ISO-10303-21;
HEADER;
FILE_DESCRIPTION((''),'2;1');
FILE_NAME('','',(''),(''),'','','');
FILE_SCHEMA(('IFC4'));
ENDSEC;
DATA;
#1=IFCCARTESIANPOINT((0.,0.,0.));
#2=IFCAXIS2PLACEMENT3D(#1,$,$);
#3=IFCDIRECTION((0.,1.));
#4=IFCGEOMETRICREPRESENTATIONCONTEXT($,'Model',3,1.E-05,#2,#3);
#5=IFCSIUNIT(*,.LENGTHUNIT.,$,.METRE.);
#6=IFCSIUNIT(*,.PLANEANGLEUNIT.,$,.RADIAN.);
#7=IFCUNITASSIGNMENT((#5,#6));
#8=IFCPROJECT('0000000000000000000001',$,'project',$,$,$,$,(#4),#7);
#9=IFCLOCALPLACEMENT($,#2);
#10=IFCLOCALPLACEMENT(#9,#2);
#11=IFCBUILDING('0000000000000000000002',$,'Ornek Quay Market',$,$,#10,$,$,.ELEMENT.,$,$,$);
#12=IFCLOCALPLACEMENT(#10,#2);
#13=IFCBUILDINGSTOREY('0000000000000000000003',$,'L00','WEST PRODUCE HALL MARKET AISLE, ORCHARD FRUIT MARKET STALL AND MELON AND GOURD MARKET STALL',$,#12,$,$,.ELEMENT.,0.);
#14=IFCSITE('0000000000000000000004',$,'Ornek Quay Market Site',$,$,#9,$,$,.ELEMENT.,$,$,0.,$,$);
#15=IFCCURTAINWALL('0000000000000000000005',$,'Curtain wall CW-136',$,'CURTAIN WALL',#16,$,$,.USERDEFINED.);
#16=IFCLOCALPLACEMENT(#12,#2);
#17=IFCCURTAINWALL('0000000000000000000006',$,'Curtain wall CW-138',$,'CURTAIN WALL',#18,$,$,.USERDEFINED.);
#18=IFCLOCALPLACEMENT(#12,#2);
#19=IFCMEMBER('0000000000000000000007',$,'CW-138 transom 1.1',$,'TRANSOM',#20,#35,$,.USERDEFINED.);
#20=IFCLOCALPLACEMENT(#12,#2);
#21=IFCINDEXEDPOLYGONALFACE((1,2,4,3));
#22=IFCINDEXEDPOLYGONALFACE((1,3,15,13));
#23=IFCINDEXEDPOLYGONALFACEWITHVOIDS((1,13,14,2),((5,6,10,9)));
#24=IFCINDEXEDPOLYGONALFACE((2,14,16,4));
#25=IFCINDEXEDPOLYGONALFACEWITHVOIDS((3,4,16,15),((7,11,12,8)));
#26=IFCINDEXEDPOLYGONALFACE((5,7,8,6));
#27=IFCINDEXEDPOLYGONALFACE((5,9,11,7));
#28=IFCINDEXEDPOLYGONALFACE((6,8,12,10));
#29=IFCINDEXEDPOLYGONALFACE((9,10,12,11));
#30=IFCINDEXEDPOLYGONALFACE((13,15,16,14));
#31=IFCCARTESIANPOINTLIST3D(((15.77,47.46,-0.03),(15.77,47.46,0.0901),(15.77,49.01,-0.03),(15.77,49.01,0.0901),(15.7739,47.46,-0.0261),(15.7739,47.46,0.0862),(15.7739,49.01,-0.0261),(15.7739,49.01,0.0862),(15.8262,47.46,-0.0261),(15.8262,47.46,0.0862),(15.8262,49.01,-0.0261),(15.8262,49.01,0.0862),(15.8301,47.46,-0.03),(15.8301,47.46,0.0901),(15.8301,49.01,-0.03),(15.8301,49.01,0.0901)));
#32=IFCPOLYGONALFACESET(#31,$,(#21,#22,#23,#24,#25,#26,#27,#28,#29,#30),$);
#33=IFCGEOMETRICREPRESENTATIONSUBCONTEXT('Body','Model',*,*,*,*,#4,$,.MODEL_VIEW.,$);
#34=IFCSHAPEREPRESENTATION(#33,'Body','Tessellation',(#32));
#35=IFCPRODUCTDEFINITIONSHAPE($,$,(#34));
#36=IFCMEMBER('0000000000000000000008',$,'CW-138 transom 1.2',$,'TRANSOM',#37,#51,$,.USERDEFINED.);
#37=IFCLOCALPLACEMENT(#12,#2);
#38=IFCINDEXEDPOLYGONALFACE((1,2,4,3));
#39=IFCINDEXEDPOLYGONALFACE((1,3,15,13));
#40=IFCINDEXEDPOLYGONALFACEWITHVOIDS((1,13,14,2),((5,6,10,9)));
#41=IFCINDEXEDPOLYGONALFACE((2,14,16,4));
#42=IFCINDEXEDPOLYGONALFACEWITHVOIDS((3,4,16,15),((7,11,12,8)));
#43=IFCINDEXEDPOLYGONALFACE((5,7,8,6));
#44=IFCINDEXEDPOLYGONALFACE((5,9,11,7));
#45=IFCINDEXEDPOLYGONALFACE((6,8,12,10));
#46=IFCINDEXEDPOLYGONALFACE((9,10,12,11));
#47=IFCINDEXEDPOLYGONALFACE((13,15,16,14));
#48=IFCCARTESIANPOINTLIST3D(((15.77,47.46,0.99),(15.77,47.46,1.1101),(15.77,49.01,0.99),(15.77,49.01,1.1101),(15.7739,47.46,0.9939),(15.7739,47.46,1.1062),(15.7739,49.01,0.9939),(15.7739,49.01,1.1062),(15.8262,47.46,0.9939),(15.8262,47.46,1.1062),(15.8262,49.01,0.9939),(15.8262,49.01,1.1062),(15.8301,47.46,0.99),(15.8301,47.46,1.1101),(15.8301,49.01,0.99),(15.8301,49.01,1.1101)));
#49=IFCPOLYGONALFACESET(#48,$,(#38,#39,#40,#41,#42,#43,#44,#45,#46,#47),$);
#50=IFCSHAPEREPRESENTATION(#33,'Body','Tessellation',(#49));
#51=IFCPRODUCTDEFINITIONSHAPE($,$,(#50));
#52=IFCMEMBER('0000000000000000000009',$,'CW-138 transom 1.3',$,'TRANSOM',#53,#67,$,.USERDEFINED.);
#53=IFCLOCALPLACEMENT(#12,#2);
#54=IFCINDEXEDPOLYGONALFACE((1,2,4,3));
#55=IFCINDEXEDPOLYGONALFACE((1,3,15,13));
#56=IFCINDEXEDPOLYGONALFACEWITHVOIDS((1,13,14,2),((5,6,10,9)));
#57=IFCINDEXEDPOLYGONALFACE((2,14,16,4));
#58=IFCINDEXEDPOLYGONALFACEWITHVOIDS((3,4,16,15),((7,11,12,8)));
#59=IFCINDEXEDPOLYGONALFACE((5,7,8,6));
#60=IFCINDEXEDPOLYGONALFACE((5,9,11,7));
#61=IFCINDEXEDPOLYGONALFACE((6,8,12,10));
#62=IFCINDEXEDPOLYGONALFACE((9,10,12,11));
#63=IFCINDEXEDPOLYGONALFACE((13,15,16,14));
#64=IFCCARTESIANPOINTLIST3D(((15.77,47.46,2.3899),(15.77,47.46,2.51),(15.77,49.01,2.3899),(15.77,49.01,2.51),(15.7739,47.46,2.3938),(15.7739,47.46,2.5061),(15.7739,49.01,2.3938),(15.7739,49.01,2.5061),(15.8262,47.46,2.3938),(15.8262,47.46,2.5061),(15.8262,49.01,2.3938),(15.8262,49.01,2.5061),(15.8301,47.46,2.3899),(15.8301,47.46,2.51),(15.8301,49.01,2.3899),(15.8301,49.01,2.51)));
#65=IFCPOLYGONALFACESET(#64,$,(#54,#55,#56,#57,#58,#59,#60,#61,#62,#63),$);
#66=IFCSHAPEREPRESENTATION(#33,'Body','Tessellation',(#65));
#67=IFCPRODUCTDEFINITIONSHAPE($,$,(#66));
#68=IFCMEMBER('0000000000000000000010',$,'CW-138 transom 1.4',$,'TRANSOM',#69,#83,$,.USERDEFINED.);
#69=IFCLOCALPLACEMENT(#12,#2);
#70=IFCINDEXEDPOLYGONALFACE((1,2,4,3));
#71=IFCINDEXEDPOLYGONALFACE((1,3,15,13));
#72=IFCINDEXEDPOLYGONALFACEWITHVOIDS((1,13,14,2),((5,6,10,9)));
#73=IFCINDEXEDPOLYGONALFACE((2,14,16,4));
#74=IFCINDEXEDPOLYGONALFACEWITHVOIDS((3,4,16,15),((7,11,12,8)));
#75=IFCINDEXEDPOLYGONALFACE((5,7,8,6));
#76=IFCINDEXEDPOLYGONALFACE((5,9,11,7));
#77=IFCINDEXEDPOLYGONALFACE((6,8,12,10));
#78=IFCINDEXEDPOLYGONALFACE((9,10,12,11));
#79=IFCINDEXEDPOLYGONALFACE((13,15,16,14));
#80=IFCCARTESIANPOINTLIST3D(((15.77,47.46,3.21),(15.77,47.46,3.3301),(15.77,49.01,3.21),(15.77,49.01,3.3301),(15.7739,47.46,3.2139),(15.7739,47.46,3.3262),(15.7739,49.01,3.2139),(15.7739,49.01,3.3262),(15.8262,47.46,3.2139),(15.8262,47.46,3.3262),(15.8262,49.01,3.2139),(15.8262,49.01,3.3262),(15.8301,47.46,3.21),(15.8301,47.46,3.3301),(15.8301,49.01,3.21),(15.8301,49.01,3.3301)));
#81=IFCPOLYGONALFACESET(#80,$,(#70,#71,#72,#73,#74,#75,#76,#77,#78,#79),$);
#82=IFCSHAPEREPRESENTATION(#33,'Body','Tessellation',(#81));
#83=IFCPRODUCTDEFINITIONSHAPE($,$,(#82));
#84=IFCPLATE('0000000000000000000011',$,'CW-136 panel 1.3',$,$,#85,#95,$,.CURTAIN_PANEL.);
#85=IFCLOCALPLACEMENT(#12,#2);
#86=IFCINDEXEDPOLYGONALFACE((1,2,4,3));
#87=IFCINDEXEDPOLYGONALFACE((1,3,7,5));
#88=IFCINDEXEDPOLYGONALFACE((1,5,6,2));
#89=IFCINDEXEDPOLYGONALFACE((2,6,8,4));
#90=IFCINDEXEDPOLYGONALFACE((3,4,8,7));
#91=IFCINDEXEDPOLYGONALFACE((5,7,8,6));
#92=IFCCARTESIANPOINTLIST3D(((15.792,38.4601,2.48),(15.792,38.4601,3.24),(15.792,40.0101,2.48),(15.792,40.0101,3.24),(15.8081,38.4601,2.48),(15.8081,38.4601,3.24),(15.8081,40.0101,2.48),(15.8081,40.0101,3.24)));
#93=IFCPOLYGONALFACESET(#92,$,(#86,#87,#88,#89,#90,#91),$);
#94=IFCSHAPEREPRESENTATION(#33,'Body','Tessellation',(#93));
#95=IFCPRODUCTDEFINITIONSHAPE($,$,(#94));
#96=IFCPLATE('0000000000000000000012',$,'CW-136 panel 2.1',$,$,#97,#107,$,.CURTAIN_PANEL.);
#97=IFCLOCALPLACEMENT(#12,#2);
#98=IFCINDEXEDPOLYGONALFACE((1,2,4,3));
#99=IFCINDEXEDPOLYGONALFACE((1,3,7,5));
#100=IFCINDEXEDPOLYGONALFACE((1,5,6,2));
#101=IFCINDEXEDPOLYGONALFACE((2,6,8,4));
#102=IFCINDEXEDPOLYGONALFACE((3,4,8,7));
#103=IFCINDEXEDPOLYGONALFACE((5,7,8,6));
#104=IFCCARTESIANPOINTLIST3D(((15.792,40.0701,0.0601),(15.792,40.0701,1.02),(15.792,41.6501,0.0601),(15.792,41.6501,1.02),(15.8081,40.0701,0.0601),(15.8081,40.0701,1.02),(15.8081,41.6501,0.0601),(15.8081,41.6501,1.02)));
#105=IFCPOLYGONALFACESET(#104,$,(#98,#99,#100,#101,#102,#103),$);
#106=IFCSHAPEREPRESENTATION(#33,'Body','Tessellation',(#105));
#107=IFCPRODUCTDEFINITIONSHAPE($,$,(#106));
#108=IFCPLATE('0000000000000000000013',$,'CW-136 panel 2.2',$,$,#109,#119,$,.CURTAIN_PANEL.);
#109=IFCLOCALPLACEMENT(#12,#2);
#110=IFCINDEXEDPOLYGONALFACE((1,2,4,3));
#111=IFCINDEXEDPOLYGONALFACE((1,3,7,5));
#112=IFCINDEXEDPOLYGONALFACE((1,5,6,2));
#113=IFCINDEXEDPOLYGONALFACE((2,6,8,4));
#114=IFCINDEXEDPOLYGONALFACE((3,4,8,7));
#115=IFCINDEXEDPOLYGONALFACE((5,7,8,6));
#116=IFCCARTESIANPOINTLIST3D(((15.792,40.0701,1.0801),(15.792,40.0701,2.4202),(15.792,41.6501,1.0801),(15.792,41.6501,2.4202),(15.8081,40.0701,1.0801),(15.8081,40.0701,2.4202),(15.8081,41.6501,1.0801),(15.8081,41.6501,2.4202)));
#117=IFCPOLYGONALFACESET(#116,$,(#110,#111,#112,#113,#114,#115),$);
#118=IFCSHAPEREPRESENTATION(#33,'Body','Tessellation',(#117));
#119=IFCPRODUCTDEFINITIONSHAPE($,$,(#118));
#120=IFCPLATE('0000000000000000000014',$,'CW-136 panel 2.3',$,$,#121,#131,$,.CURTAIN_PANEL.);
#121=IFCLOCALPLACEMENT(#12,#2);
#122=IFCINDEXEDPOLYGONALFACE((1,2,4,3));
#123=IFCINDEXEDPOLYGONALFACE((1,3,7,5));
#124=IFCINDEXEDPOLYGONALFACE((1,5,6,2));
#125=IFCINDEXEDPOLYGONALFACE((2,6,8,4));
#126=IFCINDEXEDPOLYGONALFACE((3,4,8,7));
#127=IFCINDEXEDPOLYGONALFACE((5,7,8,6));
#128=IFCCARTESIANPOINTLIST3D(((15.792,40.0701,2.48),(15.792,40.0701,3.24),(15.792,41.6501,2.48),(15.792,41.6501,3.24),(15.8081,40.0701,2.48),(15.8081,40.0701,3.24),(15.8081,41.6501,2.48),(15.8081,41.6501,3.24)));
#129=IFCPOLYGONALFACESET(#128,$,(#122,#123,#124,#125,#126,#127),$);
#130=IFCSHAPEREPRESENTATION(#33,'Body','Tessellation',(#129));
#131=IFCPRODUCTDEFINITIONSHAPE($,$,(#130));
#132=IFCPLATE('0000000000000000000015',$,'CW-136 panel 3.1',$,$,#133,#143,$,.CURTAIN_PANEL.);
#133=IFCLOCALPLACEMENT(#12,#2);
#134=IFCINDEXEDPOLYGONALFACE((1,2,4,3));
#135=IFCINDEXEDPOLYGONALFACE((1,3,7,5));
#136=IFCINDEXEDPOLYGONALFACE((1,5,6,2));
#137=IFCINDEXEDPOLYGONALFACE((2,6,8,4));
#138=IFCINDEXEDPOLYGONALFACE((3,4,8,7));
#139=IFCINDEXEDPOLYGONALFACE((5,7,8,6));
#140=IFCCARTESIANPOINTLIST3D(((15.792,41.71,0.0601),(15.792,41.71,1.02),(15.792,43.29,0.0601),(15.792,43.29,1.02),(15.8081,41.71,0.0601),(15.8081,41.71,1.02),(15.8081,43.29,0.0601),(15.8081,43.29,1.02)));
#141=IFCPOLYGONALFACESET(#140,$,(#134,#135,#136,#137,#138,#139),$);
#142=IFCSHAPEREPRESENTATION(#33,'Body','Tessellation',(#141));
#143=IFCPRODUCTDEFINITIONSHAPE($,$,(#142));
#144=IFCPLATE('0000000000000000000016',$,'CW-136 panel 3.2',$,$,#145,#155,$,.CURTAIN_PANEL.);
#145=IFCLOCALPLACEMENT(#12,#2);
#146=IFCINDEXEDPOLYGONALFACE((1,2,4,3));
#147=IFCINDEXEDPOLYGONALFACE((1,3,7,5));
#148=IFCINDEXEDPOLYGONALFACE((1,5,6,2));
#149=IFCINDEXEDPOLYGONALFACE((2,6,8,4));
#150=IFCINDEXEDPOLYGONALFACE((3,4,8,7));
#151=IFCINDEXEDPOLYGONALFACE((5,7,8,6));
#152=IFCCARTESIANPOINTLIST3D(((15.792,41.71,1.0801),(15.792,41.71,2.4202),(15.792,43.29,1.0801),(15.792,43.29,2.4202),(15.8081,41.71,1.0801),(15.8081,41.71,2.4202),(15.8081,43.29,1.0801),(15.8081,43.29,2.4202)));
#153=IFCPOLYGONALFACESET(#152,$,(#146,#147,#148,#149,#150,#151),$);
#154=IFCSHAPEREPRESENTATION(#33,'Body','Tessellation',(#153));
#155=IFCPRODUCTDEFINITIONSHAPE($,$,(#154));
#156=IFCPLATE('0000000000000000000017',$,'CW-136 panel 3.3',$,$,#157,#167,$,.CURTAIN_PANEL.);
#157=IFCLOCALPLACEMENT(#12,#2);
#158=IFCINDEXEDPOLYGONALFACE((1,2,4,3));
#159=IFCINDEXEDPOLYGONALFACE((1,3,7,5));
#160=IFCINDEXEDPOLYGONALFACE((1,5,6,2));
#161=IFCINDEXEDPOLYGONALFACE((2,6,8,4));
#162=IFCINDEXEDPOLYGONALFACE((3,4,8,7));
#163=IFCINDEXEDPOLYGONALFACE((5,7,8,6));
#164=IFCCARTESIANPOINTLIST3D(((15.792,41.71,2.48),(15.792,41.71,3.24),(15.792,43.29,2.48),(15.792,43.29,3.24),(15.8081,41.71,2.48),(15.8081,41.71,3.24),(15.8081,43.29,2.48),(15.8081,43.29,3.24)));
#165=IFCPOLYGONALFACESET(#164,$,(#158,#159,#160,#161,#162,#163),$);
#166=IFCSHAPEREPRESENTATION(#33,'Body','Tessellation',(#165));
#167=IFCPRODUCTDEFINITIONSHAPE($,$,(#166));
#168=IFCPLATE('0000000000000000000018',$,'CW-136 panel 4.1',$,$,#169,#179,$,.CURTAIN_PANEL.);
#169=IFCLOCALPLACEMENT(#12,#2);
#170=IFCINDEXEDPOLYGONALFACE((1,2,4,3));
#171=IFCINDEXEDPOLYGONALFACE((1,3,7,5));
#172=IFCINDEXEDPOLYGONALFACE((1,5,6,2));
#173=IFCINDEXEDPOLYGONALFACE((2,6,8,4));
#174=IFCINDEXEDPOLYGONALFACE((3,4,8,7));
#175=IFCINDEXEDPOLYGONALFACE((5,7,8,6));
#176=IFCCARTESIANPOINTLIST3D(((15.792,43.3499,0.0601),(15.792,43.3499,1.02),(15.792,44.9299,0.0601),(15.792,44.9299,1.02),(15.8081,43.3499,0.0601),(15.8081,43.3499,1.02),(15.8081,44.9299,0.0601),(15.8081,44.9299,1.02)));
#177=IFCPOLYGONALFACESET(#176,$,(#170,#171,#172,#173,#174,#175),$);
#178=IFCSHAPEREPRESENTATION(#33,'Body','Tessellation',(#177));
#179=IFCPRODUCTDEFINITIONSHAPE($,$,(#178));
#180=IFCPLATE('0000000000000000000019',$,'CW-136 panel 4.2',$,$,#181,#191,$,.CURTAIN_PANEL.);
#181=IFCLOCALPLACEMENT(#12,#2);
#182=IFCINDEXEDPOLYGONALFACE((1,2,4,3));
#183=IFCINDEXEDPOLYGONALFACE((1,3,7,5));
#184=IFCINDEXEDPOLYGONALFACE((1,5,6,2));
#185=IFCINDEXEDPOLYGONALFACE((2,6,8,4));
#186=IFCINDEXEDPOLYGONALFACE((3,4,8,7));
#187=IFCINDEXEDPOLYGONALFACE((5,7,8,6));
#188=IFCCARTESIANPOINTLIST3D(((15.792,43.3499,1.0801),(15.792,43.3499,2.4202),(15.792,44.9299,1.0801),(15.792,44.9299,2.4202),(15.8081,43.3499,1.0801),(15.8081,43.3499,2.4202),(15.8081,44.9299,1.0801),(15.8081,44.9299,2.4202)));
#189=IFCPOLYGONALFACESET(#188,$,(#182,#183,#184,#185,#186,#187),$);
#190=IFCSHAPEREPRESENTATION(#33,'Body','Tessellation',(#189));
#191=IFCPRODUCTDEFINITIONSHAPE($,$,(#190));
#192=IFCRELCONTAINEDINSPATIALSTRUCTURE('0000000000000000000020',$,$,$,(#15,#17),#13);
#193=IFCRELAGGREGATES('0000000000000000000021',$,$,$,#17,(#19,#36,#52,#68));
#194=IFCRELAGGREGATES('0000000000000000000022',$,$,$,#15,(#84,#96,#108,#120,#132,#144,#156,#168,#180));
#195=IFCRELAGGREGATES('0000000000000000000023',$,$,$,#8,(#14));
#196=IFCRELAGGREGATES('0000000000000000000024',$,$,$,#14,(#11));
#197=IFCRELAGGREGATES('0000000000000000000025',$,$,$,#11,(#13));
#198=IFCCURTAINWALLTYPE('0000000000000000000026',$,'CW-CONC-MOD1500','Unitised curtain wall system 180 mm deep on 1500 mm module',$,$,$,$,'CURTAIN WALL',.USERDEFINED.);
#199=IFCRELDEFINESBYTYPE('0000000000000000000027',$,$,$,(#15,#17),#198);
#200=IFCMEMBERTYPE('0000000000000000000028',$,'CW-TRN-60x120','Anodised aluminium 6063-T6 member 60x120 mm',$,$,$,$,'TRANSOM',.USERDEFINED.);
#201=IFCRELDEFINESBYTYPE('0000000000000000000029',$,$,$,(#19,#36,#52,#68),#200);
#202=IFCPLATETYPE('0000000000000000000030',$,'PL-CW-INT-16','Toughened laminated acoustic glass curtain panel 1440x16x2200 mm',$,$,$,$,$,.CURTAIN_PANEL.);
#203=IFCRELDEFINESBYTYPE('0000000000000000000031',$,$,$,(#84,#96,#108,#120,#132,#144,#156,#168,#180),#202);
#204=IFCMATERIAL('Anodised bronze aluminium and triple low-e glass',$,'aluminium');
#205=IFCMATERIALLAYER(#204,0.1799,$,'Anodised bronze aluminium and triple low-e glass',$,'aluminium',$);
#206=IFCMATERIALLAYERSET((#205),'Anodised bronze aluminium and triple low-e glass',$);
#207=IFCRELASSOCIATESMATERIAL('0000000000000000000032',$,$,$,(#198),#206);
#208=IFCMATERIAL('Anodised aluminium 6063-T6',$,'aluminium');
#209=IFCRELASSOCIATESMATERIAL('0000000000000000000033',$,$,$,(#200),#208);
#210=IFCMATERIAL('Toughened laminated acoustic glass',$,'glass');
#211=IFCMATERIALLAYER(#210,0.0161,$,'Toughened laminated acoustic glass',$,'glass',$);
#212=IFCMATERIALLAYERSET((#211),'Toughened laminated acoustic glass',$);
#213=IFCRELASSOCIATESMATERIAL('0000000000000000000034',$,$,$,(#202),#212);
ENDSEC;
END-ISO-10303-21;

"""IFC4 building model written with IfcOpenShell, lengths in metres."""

from ifc_helpers import new_model, si_unit, direction, frame, origin, origin_2d, place, context, subcontext, project, spatial, rectangle, hollow_rectangle, extrude, material, layer, layer_set, material_profile, profile_set, type_object, element, aggregate, save


model = new_model("IFC4")

# Units and contexts
model_context = context("Model", 3, precision=1e-05, world=origin(), true_north=direction((0.0, 1.0)))
body_context = subcontext(model_context, "Body", "Model", "MODEL_VIEW")
ifc_project = project(units=[si_unit("LENGTHUNIT", "METRE"), si_unit("PLANEANGLEUNIT", "RADIAN")], contexts=[model_context])

# Site, building, storey
site_placement = place(None, origin())
site = spatial("IfcSite", under=ifc_project, at=site_placement, Name="Ornek Quay Market Site", CompositionType="ELEMENT", RefElevation=0.0)
building_placement = place(site_placement, origin())
building = spatial("IfcBuilding", under=site, at=building_placement, Name="Ornek Quay Market", CompositionType="ELEMENT")
storey_placement = place(building_placement, origin())
storey = spatial("IfcBuildingStorey", under=building, at=storey_placement, Name="L00", Description="WEST PRODUCE HALL MARKET AISLE, ORCHARD FRUIT MARKET STALL AND MELON AND GOURD MARKET STALL", CompositionType="ELEMENT", Elevation=0.0)

# Curtain wall
ifc_material_1 = material(Name="Anodised bronze aluminium and triple low-e glass", Category="aluminium")
ifc_layer_1 = layer(ifc_material_1, 0.1799, Name="Anodised bronze aluminium and triple low-e glass", Category="aluminium")
ifc_layer_set_1 = layer_set([ifc_layer_1], Name="Anodised bronze aluminium and triple low-e glass")
curtain_wall_type = type_object("IfcCurtainWallType", Name="CW-CONC-MOD1500", Description="Unitised curtain wall system 180 mm deep on 1500 mm module", ElementType="CURTAIN WALL", PredefinedType="USERDEFINED", material=ifc_layer_set_1)
curtain_wall_1_placement = place(storey_placement, origin())
curtain_wall_1 = element("IfcCurtainWall", 1, at=curtain_wall_1_placement, inside=storey, type_object=curtain_wall_type, Name="Curtain wall CW-136", ObjectType="CURTAIN WALL", PredefinedType="USERDEFINED")
ifc_material_2 = material(Name="Anodised aluminium 6063-T6", Category="aluminium")

# Curtain wall
curtain_wall_2_placement = place(storey_placement, origin())
curtain_wall_2 = element("IfcCurtainWall", 2, at=curtain_wall_2_placement, inside=storey, type_object=curtain_wall_type, Name="Curtain wall CW-138", ObjectType="CURTAIN WALL", PredefinedType="USERDEFINED")

# Members
ifc_material_profile_1 = material_profile(ifc_material_2, hollow_rectangle(XDim=0.0601, YDim=0.1201, WallThickness=0.0039, at=origin_2d()), Name="CW-TRN-60x120", Category="aluminium")
ifc_profile_set_1 = profile_set([ifc_material_profile_1], Name="Anodised aluminium 6063-T6")
member_type_1 = type_object("IfcMemberType", Name="CW-TRN-60x120", Description="Anodised aluminium 6063-T6 member 60x120 mm", ElementType="TRANSOM", PredefinedType="USERDEFINED", material=ifc_profile_set_1)
member_1_placement = place(storey_placement, frame((15.8, 47.46, 0.03), z_axis=(0.0, 1.0, 0.0), x_axis=(-1.0, 0.0, 0.0)))
member_1 = element("IfcMember", 3, at=member_1_placement, type_object=member_type_1, Name="CW-138 transom 1.1", ObjectType="TRANSOM", PredefinedType="USERDEFINED", context=body_context, shape_type="SweptSolid", body=[
    extrude(hollow_rectangle(XDim=0.0601, YDim=0.1201, WallThickness=0.0039, at=origin_2d()), origin(), (0.0, 0.0, 1.0), 1.55),
])
member_2_placement = place(storey_placement, frame((15.8, 47.46, 1.05), z_axis=(0.0, 1.0, 0.0), x_axis=(-1.0, 0.0, 0.0)))
member_2 = element("IfcMember", 4, at=member_2_placement, type_object=member_type_1, Name="CW-138 transom 1.2", ObjectType="TRANSOM", PredefinedType="USERDEFINED", context=body_context, shape_type="SweptSolid", body=[
    extrude(hollow_rectangle(XDim=0.0601, YDim=0.1201, WallThickness=0.0039, at=origin_2d()), origin(), (0.0, 0.0, 1.0), 1.55),
])
member_3_placement = place(storey_placement, frame((15.8, 47.46, 2.45), z_axis=(0.0, 1.0, 0.0), x_axis=(-1.0, 0.0, 0.0)))
member_3 = element("IfcMember", 5, at=member_3_placement, type_object=member_type_1, Name="CW-138 transom 1.3", ObjectType="TRANSOM", PredefinedType="USERDEFINED", context=body_context, shape_type="SweptSolid", body=[
    extrude(hollow_rectangle(XDim=0.0601, YDim=0.1201, WallThickness=0.0039, at=origin_2d()), origin(), (0.0, 0.0, 1.0), 1.55),
])
member_4_placement = place(storey_placement, frame((15.8, 47.46, 3.27), z_axis=(0.0, 1.0, 0.0), x_axis=(-1.0, 0.0, 0.0)))
member_4 = element("IfcMember", 6, at=member_4_placement, type_object=member_type_1, Name="CW-138 transom 1.4", ObjectType="TRANSOM", PredefinedType="USERDEFINED", context=body_context, shape_type="SweptSolid", body=[
    extrude(hollow_rectangle(XDim=0.0601, YDim=0.1201, WallThickness=0.0039, at=origin_2d()), origin(), (0.0, 0.0, 1.0), 1.55),
])
aggregate(curtain_wall_2, [member_1, member_2, member_3, member_4])

# Plates
ifc_material_3 = material(Name="Toughened laminated acoustic glass", Category="glass")
ifc_layer_2 = layer(ifc_material_3, 0.0161, Name="Toughened laminated acoustic glass", Category="glass")
ifc_layer_set_2 = layer_set([ifc_layer_2], Name="Toughened laminated acoustic glass")
plate_type = type_object("IfcPlateType", Name="PL-CW-INT-16", Description="Toughened laminated acoustic glass curtain panel 1440x16x2200 mm", PredefinedType="CURTAIN_PANEL", material=ifc_layer_set_2)
plate_1_placement = place(storey_placement, frame((15.8, 39.2351, 2.48), z_axis=(0.0, 0.0, 1.0), x_axis=(0.0, 1.0, 0.0)))
plate_1 = element("IfcPlate", 7, at=plate_1_placement, type_object=plate_type, Name="CW-136 panel 1.3", PredefinedType="CURTAIN_PANEL", context=body_context, shape_type="SweptSolid", body=[
    extrude(rectangle(XDim=1.55, YDim=0.0161, at=origin_2d()), origin(), (0.0, 0.0, 1.0), 0.76),
])
plate_2_placement = place(storey_placement, frame((15.8, 40.8601, 0.0601), z_axis=(0.0, 0.0, 1.0), x_axis=(0.0, 1.0, 0.0)))
plate_2 = element("IfcPlate", 8, at=plate_2_placement, type_object=plate_type, Name="CW-136 panel 2.1", PredefinedType="CURTAIN_PANEL", context=body_context, shape_type="SweptSolid", body=[
    extrude(rectangle(XDim=1.5801, YDim=0.0161, at=origin_2d()), origin(), (0.0, 0.0, 1.0), 0.96),
])
plate_3_placement = place(storey_placement, frame((15.8, 40.8601, 1.0801), z_axis=(0.0, 0.0, 1.0), x_axis=(0.0, 1.0, 0.0)))
plate_3 = element("IfcPlate", 9, at=plate_3_placement, type_object=plate_type, Name="CW-136 panel 2.2", PredefinedType="CURTAIN_PANEL", context=body_context, shape_type="SweptSolid", body=[
    extrude(rectangle(XDim=1.5801, YDim=0.0161, at=origin_2d()), origin(), (0.0, 0.0, 1.0), 1.3401),
])
plate_4_placement = place(storey_placement, frame((15.8, 40.8601, 2.48), z_axis=(0.0, 0.0, 1.0), x_axis=(0.0, 1.0, 0.0)))
plate_4 = element("IfcPlate", 10, at=plate_4_placement, type_object=plate_type, Name="CW-136 panel 2.3", PredefinedType="CURTAIN_PANEL", context=body_context, shape_type="SweptSolid", body=[
    extrude(rectangle(XDim=1.5801, YDim=0.0161, at=origin_2d()), origin(), (0.0, 0.0, 1.0), 0.76),
])
plate_5_placement = place(storey_placement, frame((15.8, 42.5, 0.0601), z_axis=(0.0, 0.0, 1.0), x_axis=(0.0, 1.0, 0.0)))
plate_5 = element("IfcPlate", 11, at=plate_5_placement, type_object=plate_type, Name="CW-136 panel 3.1", PredefinedType="CURTAIN_PANEL", context=body_context, shape_type="SweptSolid", body=[
    extrude(rectangle(XDim=1.5801, YDim=0.0161, at=origin_2d()), origin(), (0.0, 0.0, 1.0), 0.96),
])
plate_6_placement = place(storey_placement, frame((15.8, 42.5, 1.0801), z_axis=(0.0, 0.0, 1.0), x_axis=(0.0, 1.0, 0.0)))
plate_6 = element("IfcPlate", 12, at=plate_6_placement, type_object=plate_type, Name="CW-136 panel 3.2", PredefinedType="CURTAIN_PANEL", context=body_context, shape_type="SweptSolid", body=[
    extrude(rectangle(XDim=1.5801, YDim=0.0161, at=origin_2d()), origin(), (0.0, 0.0, 1.0), 1.3401),
])
plate_7_placement = place(storey_placement, frame((15.8, 42.5, 2.48), z_axis=(0.0, 0.0, 1.0), x_axis=(0.0, 1.0, 0.0)))
plate_7 = element("IfcPlate", 13, at=plate_7_placement, type_object=plate_type, Name="CW-136 panel 3.3", PredefinedType="CURTAIN_PANEL", context=body_context, shape_type="SweptSolid", body=[
    extrude(rectangle(XDim=1.5801, YDim=0.0161, at=origin_2d()), origin(), (0.0, 0.0, 1.0), 0.76),
])
plate_8_placement = place(storey_placement, frame((15.8, 44.1399, 0.0601), z_axis=(0.0, 0.0, 1.0), x_axis=(0.0, 1.0, 0.0)))
plate_8 = element("IfcPlate", 14, at=plate_8_placement, type_object=plate_type, Name="CW-136 panel 4.1", PredefinedType="CURTAIN_PANEL", context=body_context, shape_type="SweptSolid", body=[
    extrude(rectangle(XDim=1.5801, YDim=0.0161, at=origin_2d()), origin(), (0.0, 0.0, 1.0), 0.96),
])
plate_9_placement = place(storey_placement, frame((15.8, 44.1399, 1.0801), z_axis=(0.0, 0.0, 1.0), x_axis=(0.0, 1.0, 0.0)))
plate_9 = element("IfcPlate", 15, at=plate_9_placement, type_object=plate_type, Name="CW-136 panel 4.2", PredefinedType="CURTAIN_PANEL", context=body_context, shape_type="SweptSolid", body=[
    extrude(rectangle(XDim=1.5801, YDim=0.0161, at=origin_2d()), origin(), (0.0, 0.0, 1.0), 1.3401),
])
aggregate(curtain_wall_1, [plate_1, plate_2, plate_3, plate_4, plate_5, plate_6, plate_7, plate_8, plate_9])

save(model, "model.ifc")
